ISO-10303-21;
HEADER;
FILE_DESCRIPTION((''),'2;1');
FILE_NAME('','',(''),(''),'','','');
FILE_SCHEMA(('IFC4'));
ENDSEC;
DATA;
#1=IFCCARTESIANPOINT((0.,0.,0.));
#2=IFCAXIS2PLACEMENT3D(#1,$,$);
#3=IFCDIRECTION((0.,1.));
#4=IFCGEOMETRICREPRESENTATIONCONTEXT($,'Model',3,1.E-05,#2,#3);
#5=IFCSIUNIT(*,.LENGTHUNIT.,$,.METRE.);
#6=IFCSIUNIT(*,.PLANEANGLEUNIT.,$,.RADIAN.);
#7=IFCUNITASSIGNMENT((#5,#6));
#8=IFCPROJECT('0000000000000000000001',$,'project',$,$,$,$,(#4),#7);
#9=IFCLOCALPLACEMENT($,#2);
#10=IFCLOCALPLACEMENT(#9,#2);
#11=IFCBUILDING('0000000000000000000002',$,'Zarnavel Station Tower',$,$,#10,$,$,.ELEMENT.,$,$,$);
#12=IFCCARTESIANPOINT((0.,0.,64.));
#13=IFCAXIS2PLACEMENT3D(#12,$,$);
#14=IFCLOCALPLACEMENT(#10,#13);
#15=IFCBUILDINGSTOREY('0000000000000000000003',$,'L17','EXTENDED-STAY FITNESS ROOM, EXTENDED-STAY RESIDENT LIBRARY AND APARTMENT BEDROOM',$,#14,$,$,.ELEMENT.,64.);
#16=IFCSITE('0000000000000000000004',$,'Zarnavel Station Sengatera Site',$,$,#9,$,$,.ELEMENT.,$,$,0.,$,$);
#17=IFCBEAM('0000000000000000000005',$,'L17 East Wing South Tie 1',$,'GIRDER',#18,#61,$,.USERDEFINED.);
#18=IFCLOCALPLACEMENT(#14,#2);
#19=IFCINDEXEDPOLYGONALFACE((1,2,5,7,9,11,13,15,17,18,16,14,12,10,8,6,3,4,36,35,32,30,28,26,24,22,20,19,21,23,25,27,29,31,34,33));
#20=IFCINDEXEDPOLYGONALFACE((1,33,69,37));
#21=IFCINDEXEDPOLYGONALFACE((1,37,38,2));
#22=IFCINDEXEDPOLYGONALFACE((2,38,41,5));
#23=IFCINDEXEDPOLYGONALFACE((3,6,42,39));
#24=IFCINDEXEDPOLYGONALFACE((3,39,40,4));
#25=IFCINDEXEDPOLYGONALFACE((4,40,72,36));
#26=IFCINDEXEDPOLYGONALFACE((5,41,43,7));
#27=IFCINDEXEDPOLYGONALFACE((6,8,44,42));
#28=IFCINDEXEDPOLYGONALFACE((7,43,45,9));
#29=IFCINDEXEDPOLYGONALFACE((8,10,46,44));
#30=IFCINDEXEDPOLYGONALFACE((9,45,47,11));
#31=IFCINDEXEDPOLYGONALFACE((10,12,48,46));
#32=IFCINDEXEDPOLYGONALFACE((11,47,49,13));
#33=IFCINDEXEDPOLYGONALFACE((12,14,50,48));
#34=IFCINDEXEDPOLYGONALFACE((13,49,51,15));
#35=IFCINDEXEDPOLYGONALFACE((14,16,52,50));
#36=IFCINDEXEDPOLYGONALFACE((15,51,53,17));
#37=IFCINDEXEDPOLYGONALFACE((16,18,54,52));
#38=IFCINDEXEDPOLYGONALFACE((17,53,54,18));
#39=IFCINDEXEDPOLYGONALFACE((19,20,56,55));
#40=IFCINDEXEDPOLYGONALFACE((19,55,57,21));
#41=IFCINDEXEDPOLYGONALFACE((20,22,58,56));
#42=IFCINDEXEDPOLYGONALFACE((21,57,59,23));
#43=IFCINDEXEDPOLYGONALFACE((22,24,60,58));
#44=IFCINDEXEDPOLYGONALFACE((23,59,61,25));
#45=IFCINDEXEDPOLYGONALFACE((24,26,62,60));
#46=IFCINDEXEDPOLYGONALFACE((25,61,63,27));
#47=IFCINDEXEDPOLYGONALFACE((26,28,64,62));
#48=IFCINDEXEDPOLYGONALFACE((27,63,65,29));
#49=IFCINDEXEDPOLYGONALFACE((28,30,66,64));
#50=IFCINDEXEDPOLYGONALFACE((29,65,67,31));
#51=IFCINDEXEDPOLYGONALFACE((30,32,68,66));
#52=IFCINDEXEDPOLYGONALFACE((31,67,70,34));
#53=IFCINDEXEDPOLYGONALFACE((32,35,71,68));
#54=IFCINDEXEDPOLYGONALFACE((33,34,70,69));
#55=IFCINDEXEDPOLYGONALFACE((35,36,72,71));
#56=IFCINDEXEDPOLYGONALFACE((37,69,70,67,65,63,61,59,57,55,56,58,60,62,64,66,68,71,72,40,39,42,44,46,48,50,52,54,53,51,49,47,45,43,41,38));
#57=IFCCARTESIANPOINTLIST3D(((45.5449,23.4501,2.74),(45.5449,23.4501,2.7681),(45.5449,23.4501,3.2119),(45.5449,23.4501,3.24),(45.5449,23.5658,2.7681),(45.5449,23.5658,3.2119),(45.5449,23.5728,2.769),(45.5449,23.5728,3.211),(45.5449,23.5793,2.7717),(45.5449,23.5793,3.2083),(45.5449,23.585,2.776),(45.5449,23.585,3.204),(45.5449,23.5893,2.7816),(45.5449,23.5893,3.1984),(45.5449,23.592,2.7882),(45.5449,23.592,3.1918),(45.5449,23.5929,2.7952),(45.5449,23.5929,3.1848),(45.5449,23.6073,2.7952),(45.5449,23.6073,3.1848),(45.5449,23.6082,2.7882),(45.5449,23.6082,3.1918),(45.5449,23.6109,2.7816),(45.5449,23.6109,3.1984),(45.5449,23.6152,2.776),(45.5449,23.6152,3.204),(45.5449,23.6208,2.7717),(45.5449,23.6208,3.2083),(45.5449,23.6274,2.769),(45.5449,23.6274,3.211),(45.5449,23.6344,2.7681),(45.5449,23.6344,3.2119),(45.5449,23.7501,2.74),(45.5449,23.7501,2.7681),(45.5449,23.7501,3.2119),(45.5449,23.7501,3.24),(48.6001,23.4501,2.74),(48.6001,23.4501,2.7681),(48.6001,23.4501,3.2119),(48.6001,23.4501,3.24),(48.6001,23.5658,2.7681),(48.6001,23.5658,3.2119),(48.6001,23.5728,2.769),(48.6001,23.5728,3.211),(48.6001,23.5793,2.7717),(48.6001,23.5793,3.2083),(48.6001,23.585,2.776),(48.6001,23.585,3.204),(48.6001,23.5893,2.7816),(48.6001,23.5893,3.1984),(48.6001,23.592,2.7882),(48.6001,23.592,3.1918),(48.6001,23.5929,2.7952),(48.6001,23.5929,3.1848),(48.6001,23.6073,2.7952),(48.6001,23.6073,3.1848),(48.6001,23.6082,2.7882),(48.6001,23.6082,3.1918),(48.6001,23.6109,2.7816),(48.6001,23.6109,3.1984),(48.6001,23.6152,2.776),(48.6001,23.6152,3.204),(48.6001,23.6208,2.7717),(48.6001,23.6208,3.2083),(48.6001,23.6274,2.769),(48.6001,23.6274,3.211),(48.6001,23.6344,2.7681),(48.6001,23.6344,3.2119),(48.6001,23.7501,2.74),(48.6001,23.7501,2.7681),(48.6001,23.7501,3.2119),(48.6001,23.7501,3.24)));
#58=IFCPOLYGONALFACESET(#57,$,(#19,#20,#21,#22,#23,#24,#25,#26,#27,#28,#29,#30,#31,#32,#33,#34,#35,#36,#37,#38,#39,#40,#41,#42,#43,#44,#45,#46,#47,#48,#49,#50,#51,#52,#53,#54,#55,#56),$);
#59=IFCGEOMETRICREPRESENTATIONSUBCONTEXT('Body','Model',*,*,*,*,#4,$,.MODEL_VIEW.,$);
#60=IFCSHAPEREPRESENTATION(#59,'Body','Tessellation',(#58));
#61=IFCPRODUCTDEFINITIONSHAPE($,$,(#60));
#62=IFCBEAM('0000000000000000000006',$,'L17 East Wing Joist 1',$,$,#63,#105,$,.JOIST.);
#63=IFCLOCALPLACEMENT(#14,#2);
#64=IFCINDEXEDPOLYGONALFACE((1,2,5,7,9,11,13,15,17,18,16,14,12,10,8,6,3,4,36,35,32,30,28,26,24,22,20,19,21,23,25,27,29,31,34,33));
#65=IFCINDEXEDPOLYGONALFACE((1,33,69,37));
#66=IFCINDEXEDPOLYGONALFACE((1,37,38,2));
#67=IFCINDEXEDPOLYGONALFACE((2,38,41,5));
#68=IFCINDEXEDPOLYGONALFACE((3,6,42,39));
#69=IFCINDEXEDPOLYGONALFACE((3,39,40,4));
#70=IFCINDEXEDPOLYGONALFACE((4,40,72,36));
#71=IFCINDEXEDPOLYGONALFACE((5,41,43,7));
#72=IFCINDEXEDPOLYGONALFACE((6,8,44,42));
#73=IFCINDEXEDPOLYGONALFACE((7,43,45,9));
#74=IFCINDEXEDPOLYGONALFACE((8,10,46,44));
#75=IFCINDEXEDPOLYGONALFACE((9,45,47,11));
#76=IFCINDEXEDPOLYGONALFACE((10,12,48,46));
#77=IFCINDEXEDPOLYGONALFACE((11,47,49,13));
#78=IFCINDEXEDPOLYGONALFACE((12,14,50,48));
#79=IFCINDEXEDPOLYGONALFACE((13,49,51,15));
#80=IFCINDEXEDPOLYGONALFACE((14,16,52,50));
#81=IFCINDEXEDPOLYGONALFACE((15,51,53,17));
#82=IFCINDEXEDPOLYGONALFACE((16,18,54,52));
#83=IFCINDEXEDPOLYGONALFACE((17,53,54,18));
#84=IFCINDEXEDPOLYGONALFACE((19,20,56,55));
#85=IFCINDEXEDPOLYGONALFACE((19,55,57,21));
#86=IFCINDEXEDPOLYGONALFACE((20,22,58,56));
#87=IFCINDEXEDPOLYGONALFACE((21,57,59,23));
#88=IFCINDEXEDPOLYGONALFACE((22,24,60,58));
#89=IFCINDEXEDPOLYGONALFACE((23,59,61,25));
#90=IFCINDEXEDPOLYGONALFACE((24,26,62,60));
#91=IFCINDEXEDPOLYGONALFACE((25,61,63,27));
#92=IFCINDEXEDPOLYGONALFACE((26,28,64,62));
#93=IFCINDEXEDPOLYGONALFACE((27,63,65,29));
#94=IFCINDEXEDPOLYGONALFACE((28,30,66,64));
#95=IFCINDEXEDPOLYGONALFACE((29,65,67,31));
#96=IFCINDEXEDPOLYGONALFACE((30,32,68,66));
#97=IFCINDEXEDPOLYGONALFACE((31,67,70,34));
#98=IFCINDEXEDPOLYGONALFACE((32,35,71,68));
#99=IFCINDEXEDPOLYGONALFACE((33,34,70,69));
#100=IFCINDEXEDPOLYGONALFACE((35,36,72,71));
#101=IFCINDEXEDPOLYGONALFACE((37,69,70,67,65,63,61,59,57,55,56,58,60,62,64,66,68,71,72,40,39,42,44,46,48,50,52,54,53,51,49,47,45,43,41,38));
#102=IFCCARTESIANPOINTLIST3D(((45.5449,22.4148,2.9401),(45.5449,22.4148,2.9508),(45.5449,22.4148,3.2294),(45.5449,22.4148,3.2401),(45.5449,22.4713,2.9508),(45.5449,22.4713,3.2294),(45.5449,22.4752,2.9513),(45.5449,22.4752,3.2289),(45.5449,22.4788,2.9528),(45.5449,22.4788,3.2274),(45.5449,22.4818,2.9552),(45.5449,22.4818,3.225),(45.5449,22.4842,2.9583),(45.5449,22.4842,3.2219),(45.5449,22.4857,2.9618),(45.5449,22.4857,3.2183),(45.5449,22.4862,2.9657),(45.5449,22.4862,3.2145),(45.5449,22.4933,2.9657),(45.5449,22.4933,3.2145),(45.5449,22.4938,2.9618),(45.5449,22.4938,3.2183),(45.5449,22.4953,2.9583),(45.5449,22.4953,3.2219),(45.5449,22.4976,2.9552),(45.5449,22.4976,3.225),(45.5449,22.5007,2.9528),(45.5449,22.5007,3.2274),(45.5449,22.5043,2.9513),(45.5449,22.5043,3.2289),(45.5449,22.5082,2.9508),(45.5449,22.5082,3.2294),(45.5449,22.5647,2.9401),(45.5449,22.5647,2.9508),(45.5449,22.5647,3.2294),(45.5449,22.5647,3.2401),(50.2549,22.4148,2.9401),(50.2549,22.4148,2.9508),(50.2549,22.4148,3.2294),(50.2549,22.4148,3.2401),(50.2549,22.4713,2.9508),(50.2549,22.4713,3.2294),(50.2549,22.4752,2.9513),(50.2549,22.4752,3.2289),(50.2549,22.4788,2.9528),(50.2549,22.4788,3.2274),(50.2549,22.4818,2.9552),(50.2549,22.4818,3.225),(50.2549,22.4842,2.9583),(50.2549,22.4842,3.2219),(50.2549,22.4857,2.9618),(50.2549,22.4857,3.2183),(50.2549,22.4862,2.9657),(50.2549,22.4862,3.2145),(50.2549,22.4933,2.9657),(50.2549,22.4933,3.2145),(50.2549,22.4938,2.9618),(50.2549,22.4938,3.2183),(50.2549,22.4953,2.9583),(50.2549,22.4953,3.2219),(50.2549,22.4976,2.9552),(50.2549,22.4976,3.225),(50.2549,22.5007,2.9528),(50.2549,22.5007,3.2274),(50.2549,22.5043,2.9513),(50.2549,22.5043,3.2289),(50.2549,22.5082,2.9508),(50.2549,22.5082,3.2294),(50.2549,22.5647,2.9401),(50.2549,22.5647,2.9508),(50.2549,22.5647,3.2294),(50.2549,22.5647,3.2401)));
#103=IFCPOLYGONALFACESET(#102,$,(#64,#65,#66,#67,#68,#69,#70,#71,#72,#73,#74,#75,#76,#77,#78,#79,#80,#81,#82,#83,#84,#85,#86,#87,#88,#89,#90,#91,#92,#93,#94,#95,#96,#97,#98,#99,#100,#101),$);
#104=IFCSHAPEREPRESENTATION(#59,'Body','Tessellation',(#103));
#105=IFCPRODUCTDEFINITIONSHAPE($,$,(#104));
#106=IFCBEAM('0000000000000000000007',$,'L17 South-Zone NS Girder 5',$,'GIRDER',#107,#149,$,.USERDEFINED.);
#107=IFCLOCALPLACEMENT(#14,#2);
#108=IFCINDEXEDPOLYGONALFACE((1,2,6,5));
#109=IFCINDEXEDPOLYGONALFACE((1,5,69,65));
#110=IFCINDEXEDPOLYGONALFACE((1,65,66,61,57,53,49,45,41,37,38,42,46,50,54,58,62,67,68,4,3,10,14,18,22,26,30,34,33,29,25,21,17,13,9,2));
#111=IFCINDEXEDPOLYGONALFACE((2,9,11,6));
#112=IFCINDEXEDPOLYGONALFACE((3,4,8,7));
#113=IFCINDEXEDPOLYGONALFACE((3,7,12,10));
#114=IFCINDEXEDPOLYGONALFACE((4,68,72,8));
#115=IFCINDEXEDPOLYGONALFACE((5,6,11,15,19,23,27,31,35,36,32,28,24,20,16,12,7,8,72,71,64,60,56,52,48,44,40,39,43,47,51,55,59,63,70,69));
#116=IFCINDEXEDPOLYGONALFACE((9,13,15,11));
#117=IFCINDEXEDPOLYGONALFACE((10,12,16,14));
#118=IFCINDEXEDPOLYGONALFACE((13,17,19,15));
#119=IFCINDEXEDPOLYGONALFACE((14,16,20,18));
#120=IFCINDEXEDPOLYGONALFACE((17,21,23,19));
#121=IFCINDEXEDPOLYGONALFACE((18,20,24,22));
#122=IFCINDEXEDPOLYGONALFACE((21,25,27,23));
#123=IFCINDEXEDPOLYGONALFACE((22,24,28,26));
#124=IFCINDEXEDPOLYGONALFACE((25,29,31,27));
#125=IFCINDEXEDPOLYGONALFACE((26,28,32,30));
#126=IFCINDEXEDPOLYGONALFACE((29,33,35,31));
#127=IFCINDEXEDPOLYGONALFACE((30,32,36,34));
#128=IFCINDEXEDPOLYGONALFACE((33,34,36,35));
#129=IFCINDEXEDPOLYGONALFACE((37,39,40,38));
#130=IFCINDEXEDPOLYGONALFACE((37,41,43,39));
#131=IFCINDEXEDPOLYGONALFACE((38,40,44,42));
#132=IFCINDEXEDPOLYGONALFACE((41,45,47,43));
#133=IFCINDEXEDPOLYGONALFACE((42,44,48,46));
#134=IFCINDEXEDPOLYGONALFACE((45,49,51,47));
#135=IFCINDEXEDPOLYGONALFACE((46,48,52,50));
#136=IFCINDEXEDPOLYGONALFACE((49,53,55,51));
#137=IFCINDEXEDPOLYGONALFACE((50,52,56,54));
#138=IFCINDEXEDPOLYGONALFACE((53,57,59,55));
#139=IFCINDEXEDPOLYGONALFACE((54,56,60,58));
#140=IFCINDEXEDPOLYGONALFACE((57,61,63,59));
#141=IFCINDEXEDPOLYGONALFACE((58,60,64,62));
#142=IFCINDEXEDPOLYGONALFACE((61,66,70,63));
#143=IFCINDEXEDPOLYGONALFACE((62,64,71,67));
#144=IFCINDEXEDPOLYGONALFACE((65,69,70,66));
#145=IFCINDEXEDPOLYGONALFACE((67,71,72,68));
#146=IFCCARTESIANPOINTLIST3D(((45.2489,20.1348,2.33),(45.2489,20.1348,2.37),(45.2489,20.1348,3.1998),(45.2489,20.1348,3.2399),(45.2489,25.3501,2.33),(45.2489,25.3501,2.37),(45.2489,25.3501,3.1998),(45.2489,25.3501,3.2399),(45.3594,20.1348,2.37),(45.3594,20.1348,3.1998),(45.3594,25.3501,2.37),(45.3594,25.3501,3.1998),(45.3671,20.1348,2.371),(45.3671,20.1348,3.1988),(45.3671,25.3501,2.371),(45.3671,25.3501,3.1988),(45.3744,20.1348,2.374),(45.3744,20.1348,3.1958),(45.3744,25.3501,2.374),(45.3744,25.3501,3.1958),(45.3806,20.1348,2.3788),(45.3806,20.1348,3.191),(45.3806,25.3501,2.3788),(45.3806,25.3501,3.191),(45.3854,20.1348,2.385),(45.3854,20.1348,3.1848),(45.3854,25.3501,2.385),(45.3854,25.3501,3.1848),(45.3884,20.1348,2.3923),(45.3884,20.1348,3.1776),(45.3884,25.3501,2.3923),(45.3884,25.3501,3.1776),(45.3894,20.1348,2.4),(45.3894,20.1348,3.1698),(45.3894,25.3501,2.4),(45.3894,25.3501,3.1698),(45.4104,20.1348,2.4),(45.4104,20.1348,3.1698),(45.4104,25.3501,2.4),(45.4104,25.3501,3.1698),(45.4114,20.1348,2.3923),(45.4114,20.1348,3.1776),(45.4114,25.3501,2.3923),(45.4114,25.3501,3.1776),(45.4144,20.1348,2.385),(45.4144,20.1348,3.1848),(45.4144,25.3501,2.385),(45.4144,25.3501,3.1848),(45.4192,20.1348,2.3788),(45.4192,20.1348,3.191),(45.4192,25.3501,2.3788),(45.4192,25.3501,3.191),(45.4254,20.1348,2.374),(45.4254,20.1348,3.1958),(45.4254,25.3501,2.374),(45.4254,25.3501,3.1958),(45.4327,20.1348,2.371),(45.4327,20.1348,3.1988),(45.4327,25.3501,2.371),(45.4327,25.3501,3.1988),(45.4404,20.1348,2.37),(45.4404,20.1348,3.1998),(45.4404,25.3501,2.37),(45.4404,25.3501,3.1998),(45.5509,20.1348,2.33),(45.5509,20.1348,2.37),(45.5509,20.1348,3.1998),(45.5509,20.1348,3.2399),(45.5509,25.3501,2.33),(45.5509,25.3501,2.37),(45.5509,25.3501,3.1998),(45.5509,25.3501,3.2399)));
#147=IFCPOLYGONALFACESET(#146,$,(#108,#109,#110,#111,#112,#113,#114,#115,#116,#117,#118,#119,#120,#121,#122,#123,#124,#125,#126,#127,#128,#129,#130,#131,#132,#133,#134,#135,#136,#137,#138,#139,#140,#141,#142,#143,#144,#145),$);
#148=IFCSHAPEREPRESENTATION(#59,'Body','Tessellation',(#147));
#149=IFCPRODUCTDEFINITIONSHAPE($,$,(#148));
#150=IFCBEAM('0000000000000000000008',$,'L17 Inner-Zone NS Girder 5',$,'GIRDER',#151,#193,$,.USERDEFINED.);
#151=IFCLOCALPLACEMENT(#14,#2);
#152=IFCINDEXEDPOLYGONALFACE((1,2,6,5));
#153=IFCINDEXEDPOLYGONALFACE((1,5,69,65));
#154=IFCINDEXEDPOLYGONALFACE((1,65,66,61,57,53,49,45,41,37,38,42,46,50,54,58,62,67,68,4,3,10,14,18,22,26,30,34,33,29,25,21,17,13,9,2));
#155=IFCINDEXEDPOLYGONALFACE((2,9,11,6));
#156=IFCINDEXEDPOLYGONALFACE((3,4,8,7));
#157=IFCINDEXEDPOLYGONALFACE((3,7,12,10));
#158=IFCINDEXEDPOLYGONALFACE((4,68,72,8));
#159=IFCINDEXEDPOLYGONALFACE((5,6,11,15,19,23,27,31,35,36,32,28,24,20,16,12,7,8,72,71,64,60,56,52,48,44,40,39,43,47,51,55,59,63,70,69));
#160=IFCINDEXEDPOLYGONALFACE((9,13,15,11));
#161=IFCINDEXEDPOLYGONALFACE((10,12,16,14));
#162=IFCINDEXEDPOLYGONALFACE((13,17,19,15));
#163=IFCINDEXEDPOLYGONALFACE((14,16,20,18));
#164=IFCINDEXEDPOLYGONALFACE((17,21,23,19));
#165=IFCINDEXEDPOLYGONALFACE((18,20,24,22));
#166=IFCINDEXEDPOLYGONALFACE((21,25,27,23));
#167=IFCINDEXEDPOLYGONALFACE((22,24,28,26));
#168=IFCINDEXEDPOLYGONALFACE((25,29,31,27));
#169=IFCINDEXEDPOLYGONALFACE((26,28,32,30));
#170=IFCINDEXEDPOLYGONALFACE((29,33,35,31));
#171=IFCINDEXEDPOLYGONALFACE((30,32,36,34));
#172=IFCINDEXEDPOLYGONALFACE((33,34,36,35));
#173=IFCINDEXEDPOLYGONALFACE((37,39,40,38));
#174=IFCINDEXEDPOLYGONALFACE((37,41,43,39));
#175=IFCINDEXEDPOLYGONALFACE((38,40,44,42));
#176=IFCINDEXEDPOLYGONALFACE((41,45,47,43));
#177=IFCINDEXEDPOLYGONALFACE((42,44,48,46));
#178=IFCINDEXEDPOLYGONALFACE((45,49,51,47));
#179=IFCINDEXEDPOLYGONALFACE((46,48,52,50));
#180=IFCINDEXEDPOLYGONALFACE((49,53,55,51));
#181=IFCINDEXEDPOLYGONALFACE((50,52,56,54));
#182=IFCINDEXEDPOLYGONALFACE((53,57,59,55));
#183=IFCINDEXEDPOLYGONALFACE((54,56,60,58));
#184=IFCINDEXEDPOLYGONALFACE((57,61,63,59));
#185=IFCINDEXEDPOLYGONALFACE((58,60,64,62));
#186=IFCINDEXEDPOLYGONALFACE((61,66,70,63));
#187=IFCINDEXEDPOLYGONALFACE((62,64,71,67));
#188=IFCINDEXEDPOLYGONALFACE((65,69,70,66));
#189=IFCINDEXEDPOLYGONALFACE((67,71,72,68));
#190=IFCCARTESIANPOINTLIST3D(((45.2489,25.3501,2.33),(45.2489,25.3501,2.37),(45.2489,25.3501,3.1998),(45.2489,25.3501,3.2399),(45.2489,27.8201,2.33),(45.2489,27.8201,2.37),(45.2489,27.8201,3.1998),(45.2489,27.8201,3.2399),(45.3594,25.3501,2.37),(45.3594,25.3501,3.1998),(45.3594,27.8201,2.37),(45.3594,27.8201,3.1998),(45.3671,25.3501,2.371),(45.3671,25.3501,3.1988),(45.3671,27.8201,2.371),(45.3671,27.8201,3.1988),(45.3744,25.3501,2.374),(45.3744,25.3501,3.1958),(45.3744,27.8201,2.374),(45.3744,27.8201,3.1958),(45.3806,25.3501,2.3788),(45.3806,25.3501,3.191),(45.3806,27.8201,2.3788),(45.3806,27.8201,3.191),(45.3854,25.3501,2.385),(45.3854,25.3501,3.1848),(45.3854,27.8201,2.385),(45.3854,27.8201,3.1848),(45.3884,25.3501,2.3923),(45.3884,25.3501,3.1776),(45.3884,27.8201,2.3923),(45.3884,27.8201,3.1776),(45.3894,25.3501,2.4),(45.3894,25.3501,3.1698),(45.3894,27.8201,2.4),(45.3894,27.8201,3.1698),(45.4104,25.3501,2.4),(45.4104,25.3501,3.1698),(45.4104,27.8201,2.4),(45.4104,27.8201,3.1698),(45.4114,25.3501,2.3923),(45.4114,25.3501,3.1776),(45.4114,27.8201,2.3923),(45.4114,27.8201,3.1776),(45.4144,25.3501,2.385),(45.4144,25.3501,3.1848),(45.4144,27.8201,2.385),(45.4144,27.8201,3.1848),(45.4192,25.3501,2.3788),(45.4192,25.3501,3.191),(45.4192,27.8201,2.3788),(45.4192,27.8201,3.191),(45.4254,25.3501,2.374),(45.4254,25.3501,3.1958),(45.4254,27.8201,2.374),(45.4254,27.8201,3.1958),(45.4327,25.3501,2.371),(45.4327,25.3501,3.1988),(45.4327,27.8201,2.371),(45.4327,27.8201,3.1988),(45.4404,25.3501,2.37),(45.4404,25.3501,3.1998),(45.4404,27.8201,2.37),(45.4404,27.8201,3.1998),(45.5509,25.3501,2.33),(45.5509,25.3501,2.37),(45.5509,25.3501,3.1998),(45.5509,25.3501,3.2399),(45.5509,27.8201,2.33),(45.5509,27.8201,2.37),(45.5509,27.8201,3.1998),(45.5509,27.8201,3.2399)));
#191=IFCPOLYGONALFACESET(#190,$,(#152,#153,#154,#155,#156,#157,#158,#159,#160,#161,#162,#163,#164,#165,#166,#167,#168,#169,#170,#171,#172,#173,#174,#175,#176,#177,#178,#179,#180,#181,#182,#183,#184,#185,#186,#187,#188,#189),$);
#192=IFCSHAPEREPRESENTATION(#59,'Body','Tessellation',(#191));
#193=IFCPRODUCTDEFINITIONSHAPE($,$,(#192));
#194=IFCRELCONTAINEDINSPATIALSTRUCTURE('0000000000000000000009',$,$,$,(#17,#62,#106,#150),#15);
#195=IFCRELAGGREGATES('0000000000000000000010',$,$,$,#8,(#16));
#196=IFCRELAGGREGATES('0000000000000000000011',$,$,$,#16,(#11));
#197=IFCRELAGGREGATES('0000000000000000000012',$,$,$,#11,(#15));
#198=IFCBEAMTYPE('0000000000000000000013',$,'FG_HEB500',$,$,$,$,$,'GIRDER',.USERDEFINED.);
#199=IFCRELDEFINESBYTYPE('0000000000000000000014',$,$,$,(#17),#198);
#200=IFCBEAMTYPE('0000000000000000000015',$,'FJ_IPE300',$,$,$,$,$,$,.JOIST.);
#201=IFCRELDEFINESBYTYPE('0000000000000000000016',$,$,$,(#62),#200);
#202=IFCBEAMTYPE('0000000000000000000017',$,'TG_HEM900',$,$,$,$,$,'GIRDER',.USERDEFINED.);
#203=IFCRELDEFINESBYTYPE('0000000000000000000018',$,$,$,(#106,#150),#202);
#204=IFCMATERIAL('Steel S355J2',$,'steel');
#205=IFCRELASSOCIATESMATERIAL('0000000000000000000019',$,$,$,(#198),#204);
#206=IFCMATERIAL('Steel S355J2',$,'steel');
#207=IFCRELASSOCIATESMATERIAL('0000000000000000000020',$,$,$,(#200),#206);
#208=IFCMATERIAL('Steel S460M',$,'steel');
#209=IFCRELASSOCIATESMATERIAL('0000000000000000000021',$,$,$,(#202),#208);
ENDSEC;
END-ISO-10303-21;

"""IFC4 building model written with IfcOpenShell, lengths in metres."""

from ifc_helpers import new_model, si_unit, direction, frame, origin, origin_2d, place, context, subcontext, project, spatial, i_section, extrude, material, material_profile, profile_set, type_object, element, save


model = new_model("IFC4")

# Units and contexts
model_context = context("Model", 3, precision=1e-05, world=origin(), true_north=direction((0.0, 1.0)))
body_context = subcontext(model_context, "Body", "Model", "MODEL_VIEW")
ifc_project = project(units=[si_unit("LENGTHUNIT", "METRE"), si_unit("PLANEANGLEUNIT", "RADIAN")], contexts=[model_context])

# Site, building, storey
site_placement = place(None, origin())
site = spatial("IfcSite", under=ifc_project, at=site_placement, Name="Zarnavel Station Sengatera Site", CompositionType="ELEMENT", RefElevation=0.0)
building_placement = place(site_placement, origin())
building = spatial("IfcBuilding", under=site, at=building_placement, Name="Zarnavel Station Tower", CompositionType="ELEMENT")
storey_placement = place(building_placement, frame((0.0, 0.0, 64.0)))
storey = spatial("IfcBuildingStorey", under=building, at=storey_placement, Name="L17", Description="EXTENDED-STAY FITNESS ROOM, EXTENDED-STAY RESIDENT LIBRARY AND APARTMENT BEDROOM", CompositionType="ELEMENT", Elevation=64.0)

# Beams
ifc_material_1 = material(Name="Steel S355J2", Category="steel")
ifc_material_profile_1 = material_profile(ifc_material_1, i_section(OverallWidth=0.3, OverallDepth=0.5, WebThickness=0.0144, FlangeThickness=0.0281, FilletRadius=0.0271, at=origin_2d()), Name="HEB500")
ifc_profile_set_1 = profile_set([ifc_material_profile_1], Name="Steel S355J2")
beam_type_1 = type_object("IfcBeamType", Name="FG_HEB500", ElementType="GIRDER", PredefinedType="USERDEFINED", material=ifc_profile_set_1)
beam_1_placement = place(storey_placement, frame((45.5449, 23.6001, 2.99), z_axis=(1.0, 0.0, 0.0), x_axis=(0.0, 1.0, 0.0)))
element("IfcBeam", 1, at=beam_1_placement, inside=storey, type_object=beam_type_1, Name="L17 East Wing South Tie 1", ObjectType="GIRDER", PredefinedType="USERDEFINED", context=body_context, shape_type="SweptSolid", body=[
    extrude(i_section(OverallWidth=0.3, OverallDepth=0.5, WebThickness=0.0144, FlangeThickness=0.0281, FilletRadius=0.0271, at=origin_2d()), origin(), (0.0, 0.0, 1.0), 3.0552),
])
ifc_material_2 = material(Name="Steel S355J2", Category="steel")
ifc_material_profile_2 = material_profile(ifc_material_2, i_section(OverallWidth=0.1499, OverallDepth=0.3, WebThickness=0.0071, FlangeThickness=0.0107, FilletRadius=0.0149, at=origin_2d()), Name="IPE300")
ifc_profile_set_2 = profile_set([ifc_material_profile_2], Name="Steel S355J2")
beam_type_2 = type_object("IfcBeamType", Name="FJ_IPE300", PredefinedType="JOIST", material=ifc_profile_set_2)
beam_2_placement = place(storey_placement, frame((45.5449, 22.4897, 3.0901), z_axis=(1.0, 0.0, 0.0), x_axis=(0.0, 1.0, 0.0)))
element("IfcBeam", 2, at=beam_2_placement, inside=storey, type_object=beam_type_2, Name="L17 East Wing Joist 1", PredefinedType="JOIST", context=body_context, shape_type="SweptSolid", body=[
    extrude(i_section(OverallWidth=0.1499, OverallDepth=0.3, WebThickness=0.0071, FlangeThickness=0.0107, FilletRadius=0.0149, at=origin_2d()), origin(), (0.0, 0.0, 1.0), 4.71),
])
ifc_material_3 = material(Name="Steel S460M", Category="steel")
ifc_material_profile_3 = material_profile(ifc_material_3, i_section(OverallWidth=0.302, OverallDepth=0.9099, WebThickness=0.021, FlangeThickness=0.04, FilletRadius=0.03, at=origin_2d()), Name="HEM900")
ifc_profile_set_3 = profile_set([ifc_material_profile_3], Name="Steel S460M")
beam_type_3 = type_object("IfcBeamType", Name="TG_HEM900", ElementType="GIRDER", PredefinedType="USERDEFINED", material=ifc_profile_set_3)
beam_3_placement = place(storey_placement, frame((45.3999, 20.1348, 2.7849), z_axis=(0.0, 1.0, 0.0), x_axis=(-1.0, 0.0, 0.0)))
element("IfcBeam", 3, at=beam_3_placement, inside=storey, type_object=beam_type_3, Name="L17 South-Zone NS Girder 5", ObjectType="GIRDER", PredefinedType="USERDEFINED", context=body_context, shape_type="SweptSolid", body=[
    extrude(i_section(OverallWidth=0.302, OverallDepth=0.9099, WebThickness=0.021, FlangeThickness=0.04, FilletRadius=0.03, at=origin_2d()), origin(), (0.0, 0.0, 1.0), 5.2153),
])
beam_4_placement = place(storey_placement, frame((45.3999, 25.3501, 2.7849), z_axis=(0.0, 1.0, 0.0), x_axis=(-1.0, 0.0, 0.0)))
element("IfcBeam", 4, at=beam_4_placement, inside=storey, type_object=beam_type_3, Name="L17 Inner-Zone NS Girder 5", ObjectType="GIRDER", PredefinedType="USERDEFINED", context=body_context, shape_type="SweptSolid", body=[
    extrude(i_section(OverallWidth=0.302, OverallDepth=0.9099, WebThickness=0.021, FlangeThickness=0.04, FilletRadius=0.03, at=origin_2d()), origin(), (0.0, 0.0, 1.0), 2.47),
])

save(model, "model.ifc")
